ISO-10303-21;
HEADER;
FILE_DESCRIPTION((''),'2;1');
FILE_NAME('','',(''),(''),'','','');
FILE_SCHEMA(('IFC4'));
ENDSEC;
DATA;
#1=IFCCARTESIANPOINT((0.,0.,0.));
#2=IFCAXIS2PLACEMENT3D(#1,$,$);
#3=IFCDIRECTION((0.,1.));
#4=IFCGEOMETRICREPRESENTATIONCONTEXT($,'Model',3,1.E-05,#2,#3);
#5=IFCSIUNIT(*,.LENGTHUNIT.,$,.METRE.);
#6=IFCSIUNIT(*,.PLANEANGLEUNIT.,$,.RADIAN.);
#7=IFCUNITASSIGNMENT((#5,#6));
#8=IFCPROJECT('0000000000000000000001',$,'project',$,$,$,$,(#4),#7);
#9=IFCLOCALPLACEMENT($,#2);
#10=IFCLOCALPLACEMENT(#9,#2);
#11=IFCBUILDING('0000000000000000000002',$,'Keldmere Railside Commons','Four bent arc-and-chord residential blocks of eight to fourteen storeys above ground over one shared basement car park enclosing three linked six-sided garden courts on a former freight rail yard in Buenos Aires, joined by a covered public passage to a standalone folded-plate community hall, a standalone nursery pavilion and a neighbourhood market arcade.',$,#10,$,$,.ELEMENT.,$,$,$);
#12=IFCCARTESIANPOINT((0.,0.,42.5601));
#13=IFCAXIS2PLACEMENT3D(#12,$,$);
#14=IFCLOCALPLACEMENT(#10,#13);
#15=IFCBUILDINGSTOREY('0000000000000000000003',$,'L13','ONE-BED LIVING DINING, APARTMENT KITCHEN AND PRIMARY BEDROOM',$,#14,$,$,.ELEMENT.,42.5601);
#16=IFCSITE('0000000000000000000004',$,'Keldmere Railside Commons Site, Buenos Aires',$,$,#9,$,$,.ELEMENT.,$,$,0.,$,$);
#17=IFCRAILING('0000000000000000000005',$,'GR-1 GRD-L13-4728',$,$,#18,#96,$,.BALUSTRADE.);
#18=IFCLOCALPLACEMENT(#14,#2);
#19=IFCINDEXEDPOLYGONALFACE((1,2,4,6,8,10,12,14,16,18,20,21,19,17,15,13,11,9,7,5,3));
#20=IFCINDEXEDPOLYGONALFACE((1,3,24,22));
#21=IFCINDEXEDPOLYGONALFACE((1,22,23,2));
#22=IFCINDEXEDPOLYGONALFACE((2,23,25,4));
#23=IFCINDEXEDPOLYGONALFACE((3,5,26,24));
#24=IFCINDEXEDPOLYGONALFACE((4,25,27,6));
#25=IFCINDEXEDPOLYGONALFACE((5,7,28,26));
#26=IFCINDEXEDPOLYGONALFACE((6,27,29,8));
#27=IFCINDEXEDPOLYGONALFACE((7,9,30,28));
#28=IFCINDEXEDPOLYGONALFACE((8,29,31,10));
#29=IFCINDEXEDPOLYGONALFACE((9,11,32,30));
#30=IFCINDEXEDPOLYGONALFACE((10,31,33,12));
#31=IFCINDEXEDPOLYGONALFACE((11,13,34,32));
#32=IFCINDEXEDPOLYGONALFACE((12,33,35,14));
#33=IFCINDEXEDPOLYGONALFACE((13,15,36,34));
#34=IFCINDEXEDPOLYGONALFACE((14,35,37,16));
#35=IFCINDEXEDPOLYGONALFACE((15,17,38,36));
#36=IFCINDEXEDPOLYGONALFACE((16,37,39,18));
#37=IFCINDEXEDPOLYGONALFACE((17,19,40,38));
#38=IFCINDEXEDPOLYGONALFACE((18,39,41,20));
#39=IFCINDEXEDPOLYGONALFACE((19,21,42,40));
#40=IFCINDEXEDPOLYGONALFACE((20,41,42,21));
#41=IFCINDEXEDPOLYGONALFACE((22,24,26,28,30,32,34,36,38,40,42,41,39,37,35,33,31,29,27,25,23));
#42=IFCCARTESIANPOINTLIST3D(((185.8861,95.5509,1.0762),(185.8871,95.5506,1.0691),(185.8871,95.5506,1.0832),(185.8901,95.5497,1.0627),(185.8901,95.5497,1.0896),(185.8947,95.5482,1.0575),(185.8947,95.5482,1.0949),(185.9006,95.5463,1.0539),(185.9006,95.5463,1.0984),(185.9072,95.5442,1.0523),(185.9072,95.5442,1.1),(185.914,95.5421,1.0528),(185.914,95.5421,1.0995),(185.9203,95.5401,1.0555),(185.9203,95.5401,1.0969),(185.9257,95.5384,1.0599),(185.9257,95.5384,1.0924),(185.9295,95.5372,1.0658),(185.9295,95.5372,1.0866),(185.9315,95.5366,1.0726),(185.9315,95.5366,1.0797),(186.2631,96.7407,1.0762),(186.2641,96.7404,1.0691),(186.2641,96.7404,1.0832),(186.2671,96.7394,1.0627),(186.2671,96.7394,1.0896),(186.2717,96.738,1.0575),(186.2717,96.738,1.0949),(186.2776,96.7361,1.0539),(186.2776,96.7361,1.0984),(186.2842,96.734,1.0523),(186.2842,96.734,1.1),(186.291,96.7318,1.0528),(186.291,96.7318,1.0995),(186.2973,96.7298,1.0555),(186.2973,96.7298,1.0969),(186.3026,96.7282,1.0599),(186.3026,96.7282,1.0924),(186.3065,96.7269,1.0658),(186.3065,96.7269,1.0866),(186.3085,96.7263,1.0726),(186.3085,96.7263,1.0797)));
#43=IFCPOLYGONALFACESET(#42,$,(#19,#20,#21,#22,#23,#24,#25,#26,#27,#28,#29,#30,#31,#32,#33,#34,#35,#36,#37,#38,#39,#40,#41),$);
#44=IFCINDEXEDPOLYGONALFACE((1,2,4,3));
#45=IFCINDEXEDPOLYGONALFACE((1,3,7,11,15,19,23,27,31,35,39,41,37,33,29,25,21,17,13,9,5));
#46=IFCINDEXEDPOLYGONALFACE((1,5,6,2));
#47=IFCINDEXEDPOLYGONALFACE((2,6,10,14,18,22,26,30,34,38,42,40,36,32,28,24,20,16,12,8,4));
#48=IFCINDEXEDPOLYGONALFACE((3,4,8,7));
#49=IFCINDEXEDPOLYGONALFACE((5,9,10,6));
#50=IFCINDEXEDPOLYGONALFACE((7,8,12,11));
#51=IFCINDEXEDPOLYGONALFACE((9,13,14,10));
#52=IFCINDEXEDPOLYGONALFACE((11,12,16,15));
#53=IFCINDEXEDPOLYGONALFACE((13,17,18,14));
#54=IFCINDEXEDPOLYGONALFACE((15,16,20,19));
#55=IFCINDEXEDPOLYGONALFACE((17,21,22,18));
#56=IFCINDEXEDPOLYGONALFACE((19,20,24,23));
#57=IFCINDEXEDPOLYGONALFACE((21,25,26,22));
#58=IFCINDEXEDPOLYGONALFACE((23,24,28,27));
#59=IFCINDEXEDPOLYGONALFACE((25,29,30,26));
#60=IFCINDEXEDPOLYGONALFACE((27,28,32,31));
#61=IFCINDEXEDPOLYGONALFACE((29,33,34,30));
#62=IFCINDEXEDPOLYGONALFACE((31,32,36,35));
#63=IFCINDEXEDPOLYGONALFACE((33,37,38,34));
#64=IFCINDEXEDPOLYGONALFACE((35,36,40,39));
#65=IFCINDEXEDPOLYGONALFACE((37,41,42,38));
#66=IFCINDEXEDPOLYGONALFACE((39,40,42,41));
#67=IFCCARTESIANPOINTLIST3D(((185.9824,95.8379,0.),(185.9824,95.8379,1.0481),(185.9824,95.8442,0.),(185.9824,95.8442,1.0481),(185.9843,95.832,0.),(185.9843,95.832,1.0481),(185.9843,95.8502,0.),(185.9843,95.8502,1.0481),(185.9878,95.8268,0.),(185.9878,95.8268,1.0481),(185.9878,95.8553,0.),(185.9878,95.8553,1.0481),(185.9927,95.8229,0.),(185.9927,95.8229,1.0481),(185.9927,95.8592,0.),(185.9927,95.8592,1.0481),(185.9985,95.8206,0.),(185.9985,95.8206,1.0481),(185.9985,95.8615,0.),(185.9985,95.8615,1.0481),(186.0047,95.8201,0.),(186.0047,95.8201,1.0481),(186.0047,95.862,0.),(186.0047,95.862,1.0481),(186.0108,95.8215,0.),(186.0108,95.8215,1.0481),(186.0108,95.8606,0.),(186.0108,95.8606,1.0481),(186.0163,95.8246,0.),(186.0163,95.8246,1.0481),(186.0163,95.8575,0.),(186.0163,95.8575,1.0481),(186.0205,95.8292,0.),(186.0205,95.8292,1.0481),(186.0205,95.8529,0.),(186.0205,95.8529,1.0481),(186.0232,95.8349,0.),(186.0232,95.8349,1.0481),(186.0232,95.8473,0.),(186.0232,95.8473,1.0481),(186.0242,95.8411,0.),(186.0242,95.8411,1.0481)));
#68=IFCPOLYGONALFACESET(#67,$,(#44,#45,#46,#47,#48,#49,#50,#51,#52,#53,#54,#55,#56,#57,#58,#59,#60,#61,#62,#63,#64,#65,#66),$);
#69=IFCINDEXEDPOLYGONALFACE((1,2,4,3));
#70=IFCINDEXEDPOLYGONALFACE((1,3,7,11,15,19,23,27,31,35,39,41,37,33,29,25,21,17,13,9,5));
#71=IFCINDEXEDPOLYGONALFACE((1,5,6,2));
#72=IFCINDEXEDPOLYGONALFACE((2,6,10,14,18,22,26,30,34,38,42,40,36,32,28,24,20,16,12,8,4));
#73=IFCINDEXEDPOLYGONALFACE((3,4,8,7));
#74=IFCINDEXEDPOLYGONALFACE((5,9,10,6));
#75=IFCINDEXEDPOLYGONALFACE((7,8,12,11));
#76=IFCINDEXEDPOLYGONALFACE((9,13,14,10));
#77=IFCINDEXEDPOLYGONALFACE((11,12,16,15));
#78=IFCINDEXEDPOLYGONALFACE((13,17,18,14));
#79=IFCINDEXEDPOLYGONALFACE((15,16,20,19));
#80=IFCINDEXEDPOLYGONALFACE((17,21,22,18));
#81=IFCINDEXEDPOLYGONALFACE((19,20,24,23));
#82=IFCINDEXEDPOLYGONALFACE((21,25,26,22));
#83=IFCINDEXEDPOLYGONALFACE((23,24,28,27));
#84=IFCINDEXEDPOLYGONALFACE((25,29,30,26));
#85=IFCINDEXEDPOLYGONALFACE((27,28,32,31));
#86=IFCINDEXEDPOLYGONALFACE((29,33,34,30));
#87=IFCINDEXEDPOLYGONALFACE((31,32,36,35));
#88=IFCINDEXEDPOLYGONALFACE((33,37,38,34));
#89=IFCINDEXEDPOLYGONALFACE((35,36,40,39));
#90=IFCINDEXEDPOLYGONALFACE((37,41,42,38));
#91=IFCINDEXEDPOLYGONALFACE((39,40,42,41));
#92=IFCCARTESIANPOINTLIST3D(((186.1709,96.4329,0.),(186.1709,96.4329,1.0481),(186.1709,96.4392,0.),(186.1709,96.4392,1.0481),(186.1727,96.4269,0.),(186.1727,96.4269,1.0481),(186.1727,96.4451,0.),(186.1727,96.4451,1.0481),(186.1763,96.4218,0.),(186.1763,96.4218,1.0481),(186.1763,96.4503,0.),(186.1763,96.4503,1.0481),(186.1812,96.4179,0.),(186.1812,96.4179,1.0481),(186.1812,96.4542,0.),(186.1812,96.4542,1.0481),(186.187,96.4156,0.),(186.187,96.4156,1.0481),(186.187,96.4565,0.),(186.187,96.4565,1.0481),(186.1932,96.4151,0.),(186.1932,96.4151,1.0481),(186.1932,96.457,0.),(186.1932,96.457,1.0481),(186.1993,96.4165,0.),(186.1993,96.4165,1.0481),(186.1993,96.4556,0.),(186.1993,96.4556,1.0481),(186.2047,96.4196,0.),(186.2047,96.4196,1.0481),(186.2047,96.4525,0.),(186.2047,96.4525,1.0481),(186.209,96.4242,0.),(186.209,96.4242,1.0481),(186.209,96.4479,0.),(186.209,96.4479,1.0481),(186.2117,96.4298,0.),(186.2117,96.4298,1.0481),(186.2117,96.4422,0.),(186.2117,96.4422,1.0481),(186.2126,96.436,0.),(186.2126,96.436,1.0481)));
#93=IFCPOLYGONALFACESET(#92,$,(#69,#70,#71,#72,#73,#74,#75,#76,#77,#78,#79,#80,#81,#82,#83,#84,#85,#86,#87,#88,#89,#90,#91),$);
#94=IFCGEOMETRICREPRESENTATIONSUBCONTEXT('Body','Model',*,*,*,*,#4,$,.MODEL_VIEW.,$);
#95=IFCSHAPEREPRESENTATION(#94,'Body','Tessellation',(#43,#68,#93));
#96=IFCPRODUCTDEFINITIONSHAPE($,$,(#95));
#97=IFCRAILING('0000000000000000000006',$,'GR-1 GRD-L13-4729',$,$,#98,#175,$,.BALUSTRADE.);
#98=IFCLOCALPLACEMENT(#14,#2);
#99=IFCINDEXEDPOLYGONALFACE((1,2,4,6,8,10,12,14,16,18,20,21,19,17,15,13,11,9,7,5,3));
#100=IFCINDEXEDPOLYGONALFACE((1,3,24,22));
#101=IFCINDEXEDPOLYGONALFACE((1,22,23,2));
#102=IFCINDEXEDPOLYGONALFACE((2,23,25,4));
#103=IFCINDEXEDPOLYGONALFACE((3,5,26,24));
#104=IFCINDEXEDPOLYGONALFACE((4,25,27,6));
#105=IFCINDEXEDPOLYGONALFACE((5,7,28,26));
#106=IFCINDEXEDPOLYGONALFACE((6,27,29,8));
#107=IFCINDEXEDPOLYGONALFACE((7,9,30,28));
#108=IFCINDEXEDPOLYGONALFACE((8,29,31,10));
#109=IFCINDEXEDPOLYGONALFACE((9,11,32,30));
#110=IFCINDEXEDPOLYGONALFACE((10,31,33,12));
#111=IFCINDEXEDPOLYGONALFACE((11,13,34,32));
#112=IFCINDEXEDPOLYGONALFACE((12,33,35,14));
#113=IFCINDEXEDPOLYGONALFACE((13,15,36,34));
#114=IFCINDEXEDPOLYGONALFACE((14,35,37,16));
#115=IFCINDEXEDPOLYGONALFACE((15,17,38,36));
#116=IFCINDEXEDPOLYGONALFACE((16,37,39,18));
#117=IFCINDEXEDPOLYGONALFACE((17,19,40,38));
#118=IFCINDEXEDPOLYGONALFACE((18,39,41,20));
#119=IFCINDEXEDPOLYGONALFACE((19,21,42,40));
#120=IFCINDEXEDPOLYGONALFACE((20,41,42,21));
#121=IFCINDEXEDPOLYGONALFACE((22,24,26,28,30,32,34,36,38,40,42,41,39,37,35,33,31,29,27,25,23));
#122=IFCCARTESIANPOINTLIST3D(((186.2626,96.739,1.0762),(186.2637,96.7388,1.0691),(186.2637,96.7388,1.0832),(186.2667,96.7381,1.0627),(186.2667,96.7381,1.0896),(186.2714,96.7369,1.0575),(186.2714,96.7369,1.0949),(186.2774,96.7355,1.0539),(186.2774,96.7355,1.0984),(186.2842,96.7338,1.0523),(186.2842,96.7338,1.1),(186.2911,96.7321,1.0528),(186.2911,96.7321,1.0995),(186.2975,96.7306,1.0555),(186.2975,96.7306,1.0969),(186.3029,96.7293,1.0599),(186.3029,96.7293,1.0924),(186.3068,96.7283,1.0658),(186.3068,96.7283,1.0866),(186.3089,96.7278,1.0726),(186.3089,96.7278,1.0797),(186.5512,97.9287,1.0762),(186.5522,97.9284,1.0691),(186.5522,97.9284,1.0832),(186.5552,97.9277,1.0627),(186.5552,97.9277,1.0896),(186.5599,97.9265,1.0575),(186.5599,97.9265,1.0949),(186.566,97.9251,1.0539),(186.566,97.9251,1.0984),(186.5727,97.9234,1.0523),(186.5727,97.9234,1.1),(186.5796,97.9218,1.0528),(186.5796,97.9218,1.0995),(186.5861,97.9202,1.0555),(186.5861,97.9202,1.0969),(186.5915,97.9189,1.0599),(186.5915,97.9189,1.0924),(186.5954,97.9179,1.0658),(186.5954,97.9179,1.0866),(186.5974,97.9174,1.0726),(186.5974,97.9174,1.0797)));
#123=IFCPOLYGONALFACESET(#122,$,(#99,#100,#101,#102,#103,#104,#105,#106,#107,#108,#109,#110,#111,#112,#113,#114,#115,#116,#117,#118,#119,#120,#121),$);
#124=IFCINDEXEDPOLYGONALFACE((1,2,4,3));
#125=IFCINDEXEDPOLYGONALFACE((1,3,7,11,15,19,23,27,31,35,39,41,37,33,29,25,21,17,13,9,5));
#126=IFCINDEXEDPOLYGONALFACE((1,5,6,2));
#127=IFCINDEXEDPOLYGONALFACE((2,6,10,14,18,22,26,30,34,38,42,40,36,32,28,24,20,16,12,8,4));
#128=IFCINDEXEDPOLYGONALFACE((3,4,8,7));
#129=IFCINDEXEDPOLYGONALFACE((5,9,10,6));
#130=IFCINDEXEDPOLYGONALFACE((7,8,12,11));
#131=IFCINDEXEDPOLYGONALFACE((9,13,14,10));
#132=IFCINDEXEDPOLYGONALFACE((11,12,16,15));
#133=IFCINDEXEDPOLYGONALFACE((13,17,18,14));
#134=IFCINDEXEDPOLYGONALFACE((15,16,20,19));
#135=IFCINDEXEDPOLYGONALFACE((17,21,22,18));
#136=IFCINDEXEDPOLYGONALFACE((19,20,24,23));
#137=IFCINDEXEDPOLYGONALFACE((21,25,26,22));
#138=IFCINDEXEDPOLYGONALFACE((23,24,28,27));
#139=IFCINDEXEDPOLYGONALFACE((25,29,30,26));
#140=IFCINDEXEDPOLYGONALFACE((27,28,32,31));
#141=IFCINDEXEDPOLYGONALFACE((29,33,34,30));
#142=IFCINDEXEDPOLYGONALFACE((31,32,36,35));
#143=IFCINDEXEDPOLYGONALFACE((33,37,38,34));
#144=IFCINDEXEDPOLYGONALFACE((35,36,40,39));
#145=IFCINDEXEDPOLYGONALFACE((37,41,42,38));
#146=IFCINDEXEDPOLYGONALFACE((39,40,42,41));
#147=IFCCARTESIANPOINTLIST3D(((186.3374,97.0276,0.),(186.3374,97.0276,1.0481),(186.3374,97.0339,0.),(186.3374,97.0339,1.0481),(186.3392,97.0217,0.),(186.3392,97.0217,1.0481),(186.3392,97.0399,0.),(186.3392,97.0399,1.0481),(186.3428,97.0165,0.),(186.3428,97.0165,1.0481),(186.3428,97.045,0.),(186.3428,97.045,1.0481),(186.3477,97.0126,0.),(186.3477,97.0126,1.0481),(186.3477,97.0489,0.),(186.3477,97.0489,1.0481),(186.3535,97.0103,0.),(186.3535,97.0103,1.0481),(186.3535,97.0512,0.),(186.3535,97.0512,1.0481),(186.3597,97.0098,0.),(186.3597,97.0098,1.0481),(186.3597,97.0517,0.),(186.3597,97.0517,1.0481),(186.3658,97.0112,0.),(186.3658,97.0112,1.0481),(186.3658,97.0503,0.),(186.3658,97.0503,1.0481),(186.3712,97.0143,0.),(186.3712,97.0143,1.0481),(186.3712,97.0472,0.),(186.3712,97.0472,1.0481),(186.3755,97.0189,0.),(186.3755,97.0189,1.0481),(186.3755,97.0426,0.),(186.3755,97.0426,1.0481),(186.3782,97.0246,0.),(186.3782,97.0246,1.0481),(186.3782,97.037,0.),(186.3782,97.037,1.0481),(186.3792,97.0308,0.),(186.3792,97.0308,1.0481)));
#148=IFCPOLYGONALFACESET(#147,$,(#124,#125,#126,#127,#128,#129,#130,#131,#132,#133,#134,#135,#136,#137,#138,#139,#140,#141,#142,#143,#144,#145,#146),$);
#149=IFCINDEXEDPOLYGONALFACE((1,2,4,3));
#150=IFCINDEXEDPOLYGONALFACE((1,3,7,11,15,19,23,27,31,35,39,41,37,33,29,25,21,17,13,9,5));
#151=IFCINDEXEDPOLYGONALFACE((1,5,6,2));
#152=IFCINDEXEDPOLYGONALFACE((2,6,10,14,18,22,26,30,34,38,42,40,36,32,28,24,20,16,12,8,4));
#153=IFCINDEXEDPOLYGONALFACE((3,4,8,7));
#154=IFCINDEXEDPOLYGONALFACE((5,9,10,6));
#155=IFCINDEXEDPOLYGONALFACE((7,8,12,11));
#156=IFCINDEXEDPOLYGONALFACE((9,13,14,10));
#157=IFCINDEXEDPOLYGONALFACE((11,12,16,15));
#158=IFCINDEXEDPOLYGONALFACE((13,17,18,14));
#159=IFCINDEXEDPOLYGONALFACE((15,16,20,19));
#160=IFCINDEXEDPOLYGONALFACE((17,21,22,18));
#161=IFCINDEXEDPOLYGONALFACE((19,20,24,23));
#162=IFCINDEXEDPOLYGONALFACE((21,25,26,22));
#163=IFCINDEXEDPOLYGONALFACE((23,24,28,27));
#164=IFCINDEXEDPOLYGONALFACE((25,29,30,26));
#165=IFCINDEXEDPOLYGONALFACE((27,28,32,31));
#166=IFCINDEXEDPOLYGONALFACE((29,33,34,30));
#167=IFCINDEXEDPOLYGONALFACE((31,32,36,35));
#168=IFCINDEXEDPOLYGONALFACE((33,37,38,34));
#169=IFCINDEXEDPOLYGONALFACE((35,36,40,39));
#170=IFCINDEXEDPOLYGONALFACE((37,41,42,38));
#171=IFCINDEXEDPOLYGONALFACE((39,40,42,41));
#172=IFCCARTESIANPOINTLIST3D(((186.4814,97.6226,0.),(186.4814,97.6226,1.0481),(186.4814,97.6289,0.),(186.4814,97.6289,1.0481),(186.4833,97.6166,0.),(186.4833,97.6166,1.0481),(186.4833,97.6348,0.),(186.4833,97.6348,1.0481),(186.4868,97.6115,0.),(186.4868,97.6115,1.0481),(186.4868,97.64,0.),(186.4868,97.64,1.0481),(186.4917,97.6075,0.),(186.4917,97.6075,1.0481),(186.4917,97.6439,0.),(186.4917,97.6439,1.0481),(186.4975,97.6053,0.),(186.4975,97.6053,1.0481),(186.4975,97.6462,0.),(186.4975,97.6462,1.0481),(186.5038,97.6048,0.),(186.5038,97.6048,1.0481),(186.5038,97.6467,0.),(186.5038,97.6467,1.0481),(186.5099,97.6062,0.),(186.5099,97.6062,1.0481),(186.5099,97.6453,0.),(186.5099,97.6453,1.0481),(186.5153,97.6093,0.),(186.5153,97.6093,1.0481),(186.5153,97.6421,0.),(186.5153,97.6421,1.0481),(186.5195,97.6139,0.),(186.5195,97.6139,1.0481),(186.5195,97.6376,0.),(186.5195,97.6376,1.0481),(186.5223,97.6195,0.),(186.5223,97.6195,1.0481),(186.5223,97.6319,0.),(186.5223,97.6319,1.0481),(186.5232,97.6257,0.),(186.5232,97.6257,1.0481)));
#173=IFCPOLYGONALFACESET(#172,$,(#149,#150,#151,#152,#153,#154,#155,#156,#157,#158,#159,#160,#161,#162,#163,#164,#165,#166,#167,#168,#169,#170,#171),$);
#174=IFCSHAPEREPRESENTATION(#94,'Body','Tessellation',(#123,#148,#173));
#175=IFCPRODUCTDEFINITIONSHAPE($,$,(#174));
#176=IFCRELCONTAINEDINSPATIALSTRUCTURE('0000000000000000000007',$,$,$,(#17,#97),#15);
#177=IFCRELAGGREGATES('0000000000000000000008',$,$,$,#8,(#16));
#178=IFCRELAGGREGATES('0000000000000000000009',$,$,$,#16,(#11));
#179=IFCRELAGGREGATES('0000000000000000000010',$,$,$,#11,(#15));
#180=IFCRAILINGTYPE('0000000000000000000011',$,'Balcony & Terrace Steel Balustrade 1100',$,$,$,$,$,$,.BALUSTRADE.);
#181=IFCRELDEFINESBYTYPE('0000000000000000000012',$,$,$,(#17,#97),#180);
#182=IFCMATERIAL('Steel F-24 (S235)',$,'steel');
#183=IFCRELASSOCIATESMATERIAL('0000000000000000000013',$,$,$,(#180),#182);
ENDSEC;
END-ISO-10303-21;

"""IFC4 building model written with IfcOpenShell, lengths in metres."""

from ifc_helpers import new_model, si_unit, direction, frame, origin, origin_2d, place, context, subcontext, project, spatial, circle, extrude, material, type_object, element, save


model = new_model("IFC4")

# Units and contexts
model_context = context("Model", 3, precision=1e-05, world=origin(), true_north=direction((0.0, 1.0)))
body_context = subcontext(model_context, "Body", "Model", "MODEL_VIEW")
ifc_project = project(units=[si_unit("LENGTHUNIT", "METRE"), si_unit("PLANEANGLEUNIT", "RADIAN")], contexts=[model_context])

# Site, building, storey
site_placement = place(None, origin())
site = spatial("IfcSite", under=ifc_project, at=site_placement, Name="Keldmere Railside Commons Site, Buenos Aires", CompositionType="ELEMENT", RefElevation=0.0)
building_placement = place(site_placement, origin())
building = spatial("IfcBuilding", under=site, at=building_placement, Name="Keldmere Railside Commons", Description="Four bent arc-and-chord residential blocks of eight to fourteen storeys above ground over one shared basement car park enclosing three linked six-sided garden courts on a former freight rail yard in Buenos Aires, joined by a covered public passage to a standalone folded-plate community hall, a standalone nursery pavilion and a neighbourhood market arcade.", CompositionType="ELEMENT")
storey_placement = place(building_placement, frame((0.0, 0.0, 42.5601)))
storey = spatial("IfcBuildingStorey", under=building, at=storey_placement, Name="L13", Description="ONE-BED LIVING DINING, APARTMENT KITCHEN AND PRIMARY BEDROOM", CompositionType="ELEMENT", Elevation=42.5601)

# Railings
ifc_material_1 = material(Name="Steel F-24 (S235)", Category="steel")
railing_type = type_object("IfcRailingType", Name="Balcony & Terrace Steel Balustrade 1100", PredefinedType="BALUSTRADE", material=ifc_material_1)
railing_1_placement = place(storey_placement, frame((185.9089, 95.5437, 0.0)))
element("IfcRailing", 1, at=railing_1_placement, inside=storey, type_object=railing_type, Name="GR-1 GRD-L13-4728", PredefinedType="BALUSTRADE", context=body_context, shape_type="SweptSolid", body=[
    extrude(circle(Radius=0.0239, at=origin_2d()), frame((0.0, 0.0, 1.0762), z_axis=(0.302049, 0.953292, 0.0), x_axis=(-0.953292, 0.302049, 0.0)), (0.0, 0.0, 1.0), 1.248),
    extrude(circle(Radius=0.021, at=origin_2d()), frame((0.0942, 0.2974, 0.0)), (0.0, 0.0, 1.0), 1.0481),
    extrude(circle(Radius=0.021, at=origin_2d()), frame((0.2827, 0.8923, 0.0)), (0.0, 0.0, 1.0), 1.0481),
])
railing_2_placement = place(storey_placement, frame((186.2859, 96.7334, 0.0)))
element("IfcRailing", 2, at=railing_2_placement, inside=storey, type_object=railing_type, Name="GR-1 GRD-L13-4729", PredefinedType="BALUSTRADE", context=body_context, shape_type="SweptSolid", body=[
    extrude(circle(Radius=0.0239, at=origin_2d()), frame((0.0, 0.0, 1.0762), z_axis=(0.235726, 0.97182, 0.0), x_axis=(-0.97182, 0.235726, 0.0)), (0.0, 0.0, 1.0), 1.2241),
    extrude(circle(Radius=0.021, at=origin_2d()), frame((0.0723, 0.2974, 0.0)), (0.0, 0.0, 1.0), 1.0481),
    extrude(circle(Radius=0.021, at=origin_2d()), frame((0.2163, 0.8923, 0.0)), (0.0, 0.0, 1.0), 1.0481),
])

save(model, "model.ifc")
